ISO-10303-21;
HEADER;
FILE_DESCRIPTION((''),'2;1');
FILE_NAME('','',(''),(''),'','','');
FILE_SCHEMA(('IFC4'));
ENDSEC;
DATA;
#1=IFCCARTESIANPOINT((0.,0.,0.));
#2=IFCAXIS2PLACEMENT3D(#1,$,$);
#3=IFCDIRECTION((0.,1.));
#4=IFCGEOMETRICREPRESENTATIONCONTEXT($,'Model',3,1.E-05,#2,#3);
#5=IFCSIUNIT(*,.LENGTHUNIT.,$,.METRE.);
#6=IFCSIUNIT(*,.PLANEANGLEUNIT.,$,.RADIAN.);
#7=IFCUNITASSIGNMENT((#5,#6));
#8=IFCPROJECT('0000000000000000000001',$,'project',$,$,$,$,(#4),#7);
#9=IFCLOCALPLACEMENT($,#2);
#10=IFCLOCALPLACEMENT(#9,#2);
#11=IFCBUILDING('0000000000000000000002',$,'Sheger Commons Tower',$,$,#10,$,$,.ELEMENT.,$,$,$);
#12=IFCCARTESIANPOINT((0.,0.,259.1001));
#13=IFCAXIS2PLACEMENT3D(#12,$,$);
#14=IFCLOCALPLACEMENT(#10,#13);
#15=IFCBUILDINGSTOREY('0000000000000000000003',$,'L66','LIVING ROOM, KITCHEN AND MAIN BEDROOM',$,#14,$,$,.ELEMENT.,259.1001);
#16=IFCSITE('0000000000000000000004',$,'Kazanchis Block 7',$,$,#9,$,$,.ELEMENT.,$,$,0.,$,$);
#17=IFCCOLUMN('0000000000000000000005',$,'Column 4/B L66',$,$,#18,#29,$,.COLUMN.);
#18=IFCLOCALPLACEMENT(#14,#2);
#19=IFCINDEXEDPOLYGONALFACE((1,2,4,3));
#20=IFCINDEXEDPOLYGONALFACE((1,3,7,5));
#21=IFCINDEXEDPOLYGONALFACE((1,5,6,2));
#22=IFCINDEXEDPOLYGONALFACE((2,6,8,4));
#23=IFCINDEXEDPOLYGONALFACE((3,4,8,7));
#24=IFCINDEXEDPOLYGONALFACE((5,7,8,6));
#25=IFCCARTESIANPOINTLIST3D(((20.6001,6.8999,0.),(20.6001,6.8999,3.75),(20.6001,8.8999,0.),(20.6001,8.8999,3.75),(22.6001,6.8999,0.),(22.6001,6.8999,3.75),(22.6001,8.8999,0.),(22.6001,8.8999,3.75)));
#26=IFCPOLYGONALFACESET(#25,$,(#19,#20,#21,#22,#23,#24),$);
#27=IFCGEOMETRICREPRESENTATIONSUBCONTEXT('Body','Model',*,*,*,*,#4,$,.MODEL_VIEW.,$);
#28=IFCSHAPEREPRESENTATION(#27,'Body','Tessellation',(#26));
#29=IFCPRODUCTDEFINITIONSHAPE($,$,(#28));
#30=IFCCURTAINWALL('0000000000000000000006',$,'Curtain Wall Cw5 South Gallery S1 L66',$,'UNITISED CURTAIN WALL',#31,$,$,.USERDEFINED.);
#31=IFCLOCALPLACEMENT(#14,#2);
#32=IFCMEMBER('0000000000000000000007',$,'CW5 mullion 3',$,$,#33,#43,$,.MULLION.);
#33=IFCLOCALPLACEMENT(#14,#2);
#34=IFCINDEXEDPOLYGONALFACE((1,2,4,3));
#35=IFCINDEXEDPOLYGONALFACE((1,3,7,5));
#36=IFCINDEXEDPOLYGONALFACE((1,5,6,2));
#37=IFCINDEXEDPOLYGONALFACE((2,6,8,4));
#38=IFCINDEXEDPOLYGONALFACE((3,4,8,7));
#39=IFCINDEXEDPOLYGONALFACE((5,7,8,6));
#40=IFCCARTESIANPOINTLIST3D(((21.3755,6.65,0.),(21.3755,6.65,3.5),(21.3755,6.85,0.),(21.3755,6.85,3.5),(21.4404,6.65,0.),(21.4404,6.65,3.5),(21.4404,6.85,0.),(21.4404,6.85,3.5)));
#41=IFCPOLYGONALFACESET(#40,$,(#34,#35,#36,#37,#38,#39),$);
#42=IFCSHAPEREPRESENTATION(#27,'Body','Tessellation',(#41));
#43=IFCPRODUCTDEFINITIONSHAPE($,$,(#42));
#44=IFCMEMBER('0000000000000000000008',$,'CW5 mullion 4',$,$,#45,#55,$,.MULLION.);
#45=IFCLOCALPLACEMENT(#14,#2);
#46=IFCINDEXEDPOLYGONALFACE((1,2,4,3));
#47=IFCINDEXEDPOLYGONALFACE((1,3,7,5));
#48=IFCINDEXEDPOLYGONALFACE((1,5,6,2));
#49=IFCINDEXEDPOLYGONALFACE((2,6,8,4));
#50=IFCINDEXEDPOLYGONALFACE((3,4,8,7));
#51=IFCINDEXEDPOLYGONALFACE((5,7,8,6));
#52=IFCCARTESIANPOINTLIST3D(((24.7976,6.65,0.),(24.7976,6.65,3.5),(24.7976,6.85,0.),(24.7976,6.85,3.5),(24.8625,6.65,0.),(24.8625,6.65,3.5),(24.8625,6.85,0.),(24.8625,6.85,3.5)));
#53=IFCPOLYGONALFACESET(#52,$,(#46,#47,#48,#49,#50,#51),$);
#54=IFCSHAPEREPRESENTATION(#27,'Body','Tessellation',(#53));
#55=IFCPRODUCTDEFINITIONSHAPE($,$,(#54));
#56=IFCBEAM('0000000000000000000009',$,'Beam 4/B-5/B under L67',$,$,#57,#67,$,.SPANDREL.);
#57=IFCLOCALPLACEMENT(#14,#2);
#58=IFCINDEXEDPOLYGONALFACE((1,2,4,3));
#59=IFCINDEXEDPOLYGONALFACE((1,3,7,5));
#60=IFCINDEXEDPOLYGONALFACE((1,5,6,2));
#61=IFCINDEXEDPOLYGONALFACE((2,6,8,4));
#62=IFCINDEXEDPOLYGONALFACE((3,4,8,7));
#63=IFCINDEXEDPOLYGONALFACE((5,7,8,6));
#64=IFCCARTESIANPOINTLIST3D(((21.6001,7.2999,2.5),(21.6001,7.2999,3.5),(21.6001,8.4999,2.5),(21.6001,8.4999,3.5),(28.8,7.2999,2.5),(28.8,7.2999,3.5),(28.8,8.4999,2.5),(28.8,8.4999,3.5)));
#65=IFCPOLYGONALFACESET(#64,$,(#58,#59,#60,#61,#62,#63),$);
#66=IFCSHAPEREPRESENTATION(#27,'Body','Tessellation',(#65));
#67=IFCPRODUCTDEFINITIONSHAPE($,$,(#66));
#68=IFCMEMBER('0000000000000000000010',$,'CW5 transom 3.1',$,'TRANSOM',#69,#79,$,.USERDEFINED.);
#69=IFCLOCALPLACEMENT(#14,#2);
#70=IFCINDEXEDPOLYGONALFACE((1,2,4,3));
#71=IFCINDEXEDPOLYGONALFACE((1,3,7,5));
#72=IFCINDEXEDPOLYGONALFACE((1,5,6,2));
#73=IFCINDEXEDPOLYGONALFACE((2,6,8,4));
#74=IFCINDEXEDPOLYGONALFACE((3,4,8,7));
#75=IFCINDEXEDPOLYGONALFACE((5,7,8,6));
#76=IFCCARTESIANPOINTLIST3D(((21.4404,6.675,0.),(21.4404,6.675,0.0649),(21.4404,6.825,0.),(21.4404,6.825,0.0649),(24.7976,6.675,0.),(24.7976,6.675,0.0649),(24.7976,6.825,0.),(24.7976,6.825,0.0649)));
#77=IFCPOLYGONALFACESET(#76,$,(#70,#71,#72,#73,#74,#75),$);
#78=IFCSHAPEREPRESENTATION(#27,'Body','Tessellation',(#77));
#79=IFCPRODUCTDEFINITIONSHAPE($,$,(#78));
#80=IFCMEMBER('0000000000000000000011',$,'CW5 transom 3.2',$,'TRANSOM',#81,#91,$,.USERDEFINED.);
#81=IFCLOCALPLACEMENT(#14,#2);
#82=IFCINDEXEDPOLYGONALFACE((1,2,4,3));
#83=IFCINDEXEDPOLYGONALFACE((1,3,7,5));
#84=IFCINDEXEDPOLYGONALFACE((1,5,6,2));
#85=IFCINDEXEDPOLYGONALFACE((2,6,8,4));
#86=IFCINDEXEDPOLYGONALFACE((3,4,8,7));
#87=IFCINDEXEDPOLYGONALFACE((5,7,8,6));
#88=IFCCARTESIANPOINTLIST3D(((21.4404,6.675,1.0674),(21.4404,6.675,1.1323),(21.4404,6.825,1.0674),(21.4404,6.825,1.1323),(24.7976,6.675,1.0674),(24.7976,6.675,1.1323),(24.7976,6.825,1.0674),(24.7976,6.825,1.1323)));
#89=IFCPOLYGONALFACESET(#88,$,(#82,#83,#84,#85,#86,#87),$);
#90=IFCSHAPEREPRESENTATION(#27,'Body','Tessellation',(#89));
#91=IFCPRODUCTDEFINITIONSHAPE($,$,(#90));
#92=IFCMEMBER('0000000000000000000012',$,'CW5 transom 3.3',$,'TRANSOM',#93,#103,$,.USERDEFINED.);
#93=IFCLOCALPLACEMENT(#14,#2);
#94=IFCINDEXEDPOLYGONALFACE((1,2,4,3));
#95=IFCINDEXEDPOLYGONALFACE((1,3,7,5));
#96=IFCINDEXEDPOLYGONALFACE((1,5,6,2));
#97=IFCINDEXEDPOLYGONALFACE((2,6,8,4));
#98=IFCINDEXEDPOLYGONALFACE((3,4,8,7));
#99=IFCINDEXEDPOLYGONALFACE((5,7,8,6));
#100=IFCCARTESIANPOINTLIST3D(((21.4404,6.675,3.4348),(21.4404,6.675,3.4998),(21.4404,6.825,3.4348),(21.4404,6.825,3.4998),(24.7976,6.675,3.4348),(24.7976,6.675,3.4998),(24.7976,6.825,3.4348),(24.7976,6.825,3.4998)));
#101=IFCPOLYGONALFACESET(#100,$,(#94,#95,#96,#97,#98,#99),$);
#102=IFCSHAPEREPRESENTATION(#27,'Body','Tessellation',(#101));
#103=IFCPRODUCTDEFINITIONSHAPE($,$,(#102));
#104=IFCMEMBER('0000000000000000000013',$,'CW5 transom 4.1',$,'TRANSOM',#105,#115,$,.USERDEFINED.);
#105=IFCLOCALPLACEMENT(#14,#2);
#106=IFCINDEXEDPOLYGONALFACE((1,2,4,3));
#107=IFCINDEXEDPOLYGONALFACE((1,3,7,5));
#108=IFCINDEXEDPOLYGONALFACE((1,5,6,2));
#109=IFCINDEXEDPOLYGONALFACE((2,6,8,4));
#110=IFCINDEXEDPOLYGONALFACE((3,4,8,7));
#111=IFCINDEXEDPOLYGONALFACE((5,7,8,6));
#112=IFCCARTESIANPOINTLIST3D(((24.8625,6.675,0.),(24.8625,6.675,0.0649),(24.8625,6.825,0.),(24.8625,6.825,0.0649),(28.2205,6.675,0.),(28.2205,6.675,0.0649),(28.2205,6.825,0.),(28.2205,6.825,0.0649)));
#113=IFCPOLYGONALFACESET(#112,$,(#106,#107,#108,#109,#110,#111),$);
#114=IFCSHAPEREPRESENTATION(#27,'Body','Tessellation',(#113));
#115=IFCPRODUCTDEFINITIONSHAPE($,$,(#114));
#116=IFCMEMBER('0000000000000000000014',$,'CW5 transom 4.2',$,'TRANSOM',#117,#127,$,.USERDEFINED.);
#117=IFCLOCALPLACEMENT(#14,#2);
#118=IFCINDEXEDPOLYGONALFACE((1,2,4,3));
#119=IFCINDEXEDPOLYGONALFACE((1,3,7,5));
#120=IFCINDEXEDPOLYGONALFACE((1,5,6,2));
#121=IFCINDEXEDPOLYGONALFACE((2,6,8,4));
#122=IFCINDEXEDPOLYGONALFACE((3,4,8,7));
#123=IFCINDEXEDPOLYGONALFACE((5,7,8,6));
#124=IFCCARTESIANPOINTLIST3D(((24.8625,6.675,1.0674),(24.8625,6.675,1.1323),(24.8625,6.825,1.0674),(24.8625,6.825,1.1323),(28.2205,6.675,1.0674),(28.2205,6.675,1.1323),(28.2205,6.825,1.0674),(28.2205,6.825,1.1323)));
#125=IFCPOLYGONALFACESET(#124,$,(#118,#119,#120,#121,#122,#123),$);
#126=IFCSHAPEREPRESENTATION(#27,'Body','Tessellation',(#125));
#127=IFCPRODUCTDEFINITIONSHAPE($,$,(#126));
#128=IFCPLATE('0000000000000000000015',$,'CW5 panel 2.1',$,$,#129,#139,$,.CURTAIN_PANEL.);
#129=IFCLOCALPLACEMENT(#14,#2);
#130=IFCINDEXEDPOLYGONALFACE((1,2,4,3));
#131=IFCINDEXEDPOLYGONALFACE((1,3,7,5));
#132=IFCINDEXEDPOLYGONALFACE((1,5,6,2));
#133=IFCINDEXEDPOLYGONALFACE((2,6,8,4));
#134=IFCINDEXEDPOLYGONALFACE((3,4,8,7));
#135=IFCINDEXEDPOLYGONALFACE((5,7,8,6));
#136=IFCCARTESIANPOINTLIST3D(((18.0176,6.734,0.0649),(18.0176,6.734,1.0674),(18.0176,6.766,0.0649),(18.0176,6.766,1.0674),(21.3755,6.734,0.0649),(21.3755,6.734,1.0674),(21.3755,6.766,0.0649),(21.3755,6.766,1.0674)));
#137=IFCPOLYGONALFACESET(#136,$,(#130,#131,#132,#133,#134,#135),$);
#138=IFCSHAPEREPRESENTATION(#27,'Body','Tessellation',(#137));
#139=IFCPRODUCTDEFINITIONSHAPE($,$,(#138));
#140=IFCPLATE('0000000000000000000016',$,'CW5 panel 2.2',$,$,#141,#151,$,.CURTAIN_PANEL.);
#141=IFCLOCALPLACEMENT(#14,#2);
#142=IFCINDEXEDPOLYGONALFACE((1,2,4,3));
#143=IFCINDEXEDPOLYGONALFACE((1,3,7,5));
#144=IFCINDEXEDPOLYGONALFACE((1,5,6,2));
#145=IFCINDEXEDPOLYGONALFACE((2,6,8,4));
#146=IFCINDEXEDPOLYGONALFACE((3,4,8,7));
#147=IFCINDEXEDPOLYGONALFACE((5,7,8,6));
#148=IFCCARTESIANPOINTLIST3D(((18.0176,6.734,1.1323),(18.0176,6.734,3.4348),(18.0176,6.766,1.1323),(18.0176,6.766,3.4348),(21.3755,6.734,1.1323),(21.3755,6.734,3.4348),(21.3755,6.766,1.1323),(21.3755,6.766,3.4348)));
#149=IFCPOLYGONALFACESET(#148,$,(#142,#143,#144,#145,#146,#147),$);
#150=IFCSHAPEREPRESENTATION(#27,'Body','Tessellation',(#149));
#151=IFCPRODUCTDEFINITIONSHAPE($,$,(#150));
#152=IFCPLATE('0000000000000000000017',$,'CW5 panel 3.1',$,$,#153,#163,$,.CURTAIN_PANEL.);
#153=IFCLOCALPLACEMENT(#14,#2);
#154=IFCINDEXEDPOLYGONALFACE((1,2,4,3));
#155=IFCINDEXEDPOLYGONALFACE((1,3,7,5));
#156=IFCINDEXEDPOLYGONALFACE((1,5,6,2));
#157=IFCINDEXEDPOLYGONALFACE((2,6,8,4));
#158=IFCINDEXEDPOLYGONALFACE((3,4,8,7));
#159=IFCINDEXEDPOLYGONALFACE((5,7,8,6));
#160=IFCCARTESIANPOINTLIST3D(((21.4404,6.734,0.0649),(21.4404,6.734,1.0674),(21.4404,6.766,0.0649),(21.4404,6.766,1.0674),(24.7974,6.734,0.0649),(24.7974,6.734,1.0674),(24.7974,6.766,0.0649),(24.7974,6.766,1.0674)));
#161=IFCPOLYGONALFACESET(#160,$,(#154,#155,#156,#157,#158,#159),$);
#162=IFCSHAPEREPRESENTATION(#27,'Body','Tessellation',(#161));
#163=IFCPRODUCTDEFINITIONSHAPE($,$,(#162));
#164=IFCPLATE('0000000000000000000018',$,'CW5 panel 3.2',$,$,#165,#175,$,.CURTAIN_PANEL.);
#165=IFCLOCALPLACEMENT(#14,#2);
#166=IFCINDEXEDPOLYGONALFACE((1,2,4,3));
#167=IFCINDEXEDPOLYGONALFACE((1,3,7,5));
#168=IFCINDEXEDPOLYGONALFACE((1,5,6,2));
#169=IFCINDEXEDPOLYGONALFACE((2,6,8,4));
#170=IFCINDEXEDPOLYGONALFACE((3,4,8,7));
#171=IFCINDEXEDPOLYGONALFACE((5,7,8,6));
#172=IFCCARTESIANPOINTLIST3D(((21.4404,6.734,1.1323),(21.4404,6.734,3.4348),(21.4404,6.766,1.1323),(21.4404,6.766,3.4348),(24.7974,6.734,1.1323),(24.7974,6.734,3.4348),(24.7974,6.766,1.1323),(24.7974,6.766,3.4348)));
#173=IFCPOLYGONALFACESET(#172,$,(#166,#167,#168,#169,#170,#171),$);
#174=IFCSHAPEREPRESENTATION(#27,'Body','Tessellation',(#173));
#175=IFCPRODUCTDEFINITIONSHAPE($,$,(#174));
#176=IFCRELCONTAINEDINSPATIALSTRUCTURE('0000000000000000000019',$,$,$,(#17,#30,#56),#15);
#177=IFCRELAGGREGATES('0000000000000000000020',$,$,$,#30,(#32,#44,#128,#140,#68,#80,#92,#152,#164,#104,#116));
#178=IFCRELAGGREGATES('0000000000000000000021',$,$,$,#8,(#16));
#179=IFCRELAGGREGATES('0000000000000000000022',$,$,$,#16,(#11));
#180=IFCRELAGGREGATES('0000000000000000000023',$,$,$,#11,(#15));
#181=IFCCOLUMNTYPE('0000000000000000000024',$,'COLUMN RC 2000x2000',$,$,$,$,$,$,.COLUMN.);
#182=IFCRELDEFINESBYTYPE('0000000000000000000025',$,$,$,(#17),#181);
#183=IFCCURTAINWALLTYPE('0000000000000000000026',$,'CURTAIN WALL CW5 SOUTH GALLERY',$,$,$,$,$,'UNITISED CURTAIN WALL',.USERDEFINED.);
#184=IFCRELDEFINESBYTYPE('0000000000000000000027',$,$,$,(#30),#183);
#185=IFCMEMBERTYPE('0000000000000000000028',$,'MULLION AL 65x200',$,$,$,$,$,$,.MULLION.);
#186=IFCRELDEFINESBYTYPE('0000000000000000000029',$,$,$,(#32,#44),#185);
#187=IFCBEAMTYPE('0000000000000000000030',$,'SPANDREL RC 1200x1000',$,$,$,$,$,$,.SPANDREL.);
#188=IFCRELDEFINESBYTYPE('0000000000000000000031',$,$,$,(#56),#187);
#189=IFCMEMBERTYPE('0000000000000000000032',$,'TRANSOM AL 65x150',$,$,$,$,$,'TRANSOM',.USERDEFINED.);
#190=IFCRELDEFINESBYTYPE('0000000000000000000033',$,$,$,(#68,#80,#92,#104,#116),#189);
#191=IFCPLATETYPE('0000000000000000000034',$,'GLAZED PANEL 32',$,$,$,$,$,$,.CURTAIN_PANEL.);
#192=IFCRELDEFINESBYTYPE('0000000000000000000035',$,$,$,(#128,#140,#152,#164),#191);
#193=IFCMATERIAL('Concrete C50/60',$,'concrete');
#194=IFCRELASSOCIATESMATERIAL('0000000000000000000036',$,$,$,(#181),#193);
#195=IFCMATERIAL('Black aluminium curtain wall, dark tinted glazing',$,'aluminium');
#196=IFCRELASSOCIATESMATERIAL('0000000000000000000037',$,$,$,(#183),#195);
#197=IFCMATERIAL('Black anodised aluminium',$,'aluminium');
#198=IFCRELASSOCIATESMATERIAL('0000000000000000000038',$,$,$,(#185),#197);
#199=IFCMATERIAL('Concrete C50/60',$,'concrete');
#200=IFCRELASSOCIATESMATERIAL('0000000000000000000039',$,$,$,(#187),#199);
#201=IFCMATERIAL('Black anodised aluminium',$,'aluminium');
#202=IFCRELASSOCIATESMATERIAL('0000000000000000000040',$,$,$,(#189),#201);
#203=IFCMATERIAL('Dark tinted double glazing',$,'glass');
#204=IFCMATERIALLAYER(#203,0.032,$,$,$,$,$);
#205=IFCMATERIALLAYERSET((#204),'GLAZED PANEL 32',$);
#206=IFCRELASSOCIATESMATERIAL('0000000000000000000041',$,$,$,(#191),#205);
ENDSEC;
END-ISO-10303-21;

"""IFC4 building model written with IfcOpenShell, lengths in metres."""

from ifc_helpers import new_model, si_unit, direction, frame, origin, origin_2d, place, context, subcontext, project, spatial, rectangle, extrude, material, layer, layer_set, material_profile, profile_set, type_object, element, aggregate, save


model = new_model("IFC4")

# Units and contexts
model_context = context("Model", 3, precision=1e-05, world=origin(), true_north=direction((0.0, 1.0)))
body_context = subcontext(model_context, "Body", "Model", "MODEL_VIEW")
ifc_project = project(units=[si_unit("LENGTHUNIT", "METRE"), si_unit("PLANEANGLEUNIT", "RADIAN")], contexts=[model_context])

# Site, building, storey
site_placement = place(None, origin())
site = spatial("IfcSite", under=ifc_project, at=site_placement, Name="Kazanchis Block 7", CompositionType="ELEMENT", RefElevation=0.0)
building_placement = place(site_placement, origin())
building = spatial("IfcBuilding", under=site, at=building_placement, Name="Sheger Commons Tower", CompositionType="ELEMENT")
storey_placement = place(building_placement, frame((0.0, 0.0, 259.1001)))
storey = spatial("IfcBuildingStorey", under=building, at=storey_placement, Name="L66", Description="LIVING ROOM, KITCHEN AND MAIN BEDROOM", CompositionType="ELEMENT", Elevation=259.1001)

# Column
ifc_material_1 = material(Name="Concrete C50/60", Category="concrete")
ifc_material_profile_1 = material_profile(ifc_material_1, rectangle(XDim=2.0, YDim=2.0, at=origin_2d()), Name="RC 2000x2000")
ifc_profile_set_1 = profile_set([ifc_material_profile_1], Name="Concrete C50/60")
column_type = type_object("IfcColumnType", Name="COLUMN RC 2000x2000", PredefinedType="COLUMN", material=ifc_profile_set_1)
column_placement = place(storey_placement, frame((21.6001, 7.8999, 0.0), z_axis=(0.0, 0.0, 1.0), x_axis=(1.0, 0.0, 0.0)))
element("IfcColumn", 1, at=column_placement, inside=storey, type_object=column_type, Name="Column 4/B L66", PredefinedType="COLUMN", context=body_context, shape_type="SweptSolid", body=[
    extrude(rectangle(XDim=2.0, YDim=2.0, at=origin_2d()), origin(), (0.0, 0.0, 1.0), 3.75),
])

# Curtain wall, members
ifc_material_2 = material(Name="Black aluminium curtain wall, dark tinted glazing", Category="aluminium")
curtain_wall_type = type_object("IfcCurtainWallType", Name="CURTAIN WALL CW5 SOUTH GALLERY", ElementType="UNITISED CURTAIN WALL", PredefinedType="USERDEFINED", material=ifc_material_2)
curtain_wall_placement = place(storey_placement, origin())
curtain_wall = element("IfcCurtainWall", 2, at=curtain_wall_placement, inside=storey, type_object=curtain_wall_type, Name="Curtain Wall Cw5 South Gallery S1 L66", ObjectType="UNITISED CURTAIN WALL", PredefinedType="USERDEFINED")
ifc_material_3 = material(Name="Black anodised aluminium", Category="aluminium")
ifc_material_profile_2 = material_profile(ifc_material_3, rectangle(XDim=0.2, YDim=0.0649, at=origin_2d()), Name="AL 65x200")
ifc_profile_set_2 = profile_set([ifc_material_profile_2], Name="Black anodised aluminium")
member_type_1 = type_object("IfcMemberType", Name="MULLION AL 65x200", PredefinedType="MULLION", material=ifc_profile_set_2)
member_1_placement = place(storey_placement, frame((21.408, 6.75, 0.0), z_axis=(0.0, 0.0, 1.0), x_axis=(0.0, 1.0, 0.0)))
member_1 = element("IfcMember", 3, at=member_1_placement, type_object=member_type_1, Name="CW5 mullion 3", PredefinedType="MULLION", context=body_context, shape_type="SweptSolid", body=[
    extrude(rectangle(XDim=0.2, YDim=0.0649, at=origin_2d()), origin(), (0.0, 0.0, 1.0), 3.5),
])
member_2_placement = place(storey_placement, frame((24.8301, 6.75, 0.0), z_axis=(0.0, 0.0, 1.0), x_axis=(0.0, 1.0, 0.0)))
member_2 = element("IfcMember", 4, at=member_2_placement, type_object=member_type_1, Name="CW5 mullion 4", PredefinedType="MULLION", context=body_context, shape_type="SweptSolid", body=[
    extrude(rectangle(XDim=0.2, YDim=0.0649, at=origin_2d()), origin(), (0.0, 0.0, 1.0), 3.5),
])

# Beam
ifc_material_4 = material(Name="Concrete C50/60", Category="concrete")
ifc_material_profile_3 = material_profile(ifc_material_4, rectangle(XDim=1.2, YDim=1.0, at=origin_2d()), Name="RC 1200x1000")
ifc_profile_set_3 = profile_set([ifc_material_profile_3], Name="Concrete C50/60")
beam_type = type_object("IfcBeamType", Name="SPANDREL RC 1200x1000", PredefinedType="SPANDREL", material=ifc_profile_set_3)
beam_placement = place(storey_placement, frame((21.6001, 7.8999, 3.0), z_axis=(1.0, 0.0, 0.0), x_axis=(0.0, 1.0, 0.0)))
element("IfcBeam", 5, at=beam_placement, inside=storey, type_object=beam_type, Name="Beam 4/B-5/B under L67", PredefinedType="SPANDREL", context=body_context, shape_type="SweptSolid", body=[
    extrude(rectangle(XDim=1.2, YDim=1.0, at=origin_2d()), origin(), (0.0, 0.0, 1.0), 7.2),
])

# Members
ifc_material_5 = material(Name="Black anodised aluminium", Category="aluminium")
ifc_material_profile_4 = material_profile(ifc_material_5, rectangle(XDim=0.1499, YDim=0.0649, at=origin_2d()), Name="AL 65x150")
ifc_profile_set_4 = profile_set([ifc_material_profile_4], Name="Black anodised aluminium")
member_type_2 = type_object("IfcMemberType", Name="TRANSOM AL 65x150", ElementType="TRANSOM", PredefinedType="USERDEFINED", material=ifc_profile_set_4)
member_3_placement = place(storey_placement, frame((21.4404, 6.75, 0.0325), z_axis=(1.0, 0.0, 0.0), x_axis=(0.0, 1.0, 0.0)))
member_3 = element("IfcMember", 6, at=member_3_placement, type_object=member_type_2, Name="CW5 transom 3.1", ObjectType="TRANSOM", PredefinedType="USERDEFINED", context=body_context, shape_type="SweptSolid", body=[
    extrude(rectangle(XDim=0.1499, YDim=0.0649, at=origin_2d()), origin(), (0.0, 0.0, 1.0), 3.3572),
])
member_4_placement = place(storey_placement, frame((21.4404, 6.75, 1.0999), z_axis=(1.0, 0.0, 0.0), x_axis=(0.0, 1.0, 0.0)))
member_4 = element("IfcMember", 7, at=member_4_placement, type_object=member_type_2, Name="CW5 transom 3.2", ObjectType="TRANSOM", PredefinedType="USERDEFINED", context=body_context, shape_type="SweptSolid", body=[
    extrude(rectangle(XDim=0.1499, YDim=0.0649, at=origin_2d()), origin(), (0.0, 0.0, 1.0), 3.3572),
])
member_5_placement = place(storey_placement, frame((21.4404, 6.75, 3.4673), z_axis=(1.0, 0.0, 0.0), x_axis=(0.0, 1.0, 0.0)))
member_5 = element("IfcMember", 8, at=member_5_placement, type_object=member_type_2, Name="CW5 transom 3.3", ObjectType="TRANSOM", PredefinedType="USERDEFINED", context=body_context, shape_type="SweptSolid", body=[
    extrude(rectangle(XDim=0.1499, YDim=0.0649, at=origin_2d()), origin(), (0.0, 0.0, 1.0), 3.3572),
])
member_6_placement = place(storey_placement, frame((24.8625, 6.75, 0.0325), z_axis=(1.0, 0.0, 0.0), x_axis=(0.0, 1.0, 0.0)))
member_6 = element("IfcMember", 9, at=member_6_placement, type_object=member_type_2, Name="CW5 transom 4.1", ObjectType="TRANSOM", PredefinedType="USERDEFINED", context=body_context, shape_type="SweptSolid", body=[
    extrude(rectangle(XDim=0.1499, YDim=0.0649, at=origin_2d()), origin(), (0.0, 0.0, 1.0), 3.3579),
])
member_7_placement = place(storey_placement, frame((24.8625, 6.75, 1.0999), z_axis=(1.0, 0.0, 0.0), x_axis=(0.0, 1.0, 0.0)))
member_7 = element("IfcMember", 10, at=member_7_placement, type_object=member_type_2, Name="CW5 transom 4.2", ObjectType="TRANSOM", PredefinedType="USERDEFINED", context=body_context, shape_type="SweptSolid", body=[
    extrude(rectangle(XDim=0.1499, YDim=0.0649, at=origin_2d()), origin(), (0.0, 0.0, 1.0), 3.3579),
])

# Plates
ifc_material_6 = material(Name="Dark tinted double glazing", Category="glass")
ifc_layer_1 = layer(ifc_material_6, 0.032)
ifc_layer_set_1 = layer_set([ifc_layer_1], Name="GLAZED PANEL 32")
plate_type = type_object("IfcPlateType", Name="GLAZED PANEL 32", PredefinedType="CURTAIN_PANEL", material=ifc_layer_set_1)
plate_1_placement = place(storey_placement, frame((19.6965, 6.75, 0.0649), z_axis=(0.0, 0.0, 1.0), x_axis=(1.0, 0.0, 0.0)))
plate_1 = element("IfcPlate", 11, at=plate_1_placement, type_object=plate_type, Name="CW5 panel 2.1", PredefinedType="CURTAIN_PANEL", context=body_context, shape_type="SweptSolid", body=[
    extrude(rectangle(XDim=3.3579, YDim=0.032, at=origin_2d()), origin(), (0.0, 0.0, 1.0), 1.0024),
])
plate_2_placement = place(storey_placement, frame((19.6965, 6.75, 1.1323), z_axis=(0.0, 0.0, 1.0), x_axis=(1.0, 0.0, 0.0)))
plate_2 = element("IfcPlate", 12, at=plate_2_placement, type_object=plate_type, Name="CW5 panel 2.2", PredefinedType="CURTAIN_PANEL", context=body_context, shape_type="SweptSolid", body=[
    extrude(rectangle(XDim=3.3579, YDim=0.032, at=origin_2d()), origin(), (0.0, 0.0, 1.0), 2.3025),
])
plate_3_placement = place(storey_placement, frame((23.1189, 6.75, 0.0649), z_axis=(0.0, 0.0, 1.0), x_axis=(1.0, 0.0, 0.0)))
plate_3 = element("IfcPlate", 13, at=plate_3_placement, type_object=plate_type, Name="CW5 panel 3.1", PredefinedType="CURTAIN_PANEL", context=body_context, shape_type="SweptSolid", body=[
    extrude(rectangle(XDim=3.3569, YDim=0.032, at=origin_2d()), origin(), (0.0, 0.0, 1.0), 1.0024),
])
plate_4_placement = place(storey_placement, frame((23.1189, 6.75, 1.1323), z_axis=(0.0, 0.0, 1.0), x_axis=(1.0, 0.0, 0.0)))
plate_4 = element("IfcPlate", 14, at=plate_4_placement, type_object=plate_type, Name="CW5 panel 3.2", PredefinedType="CURTAIN_PANEL", context=body_context, shape_type="SweptSolid", body=[
    extrude(rectangle(XDim=3.3569, YDim=0.032, at=origin_2d()), origin(), (0.0, 0.0, 1.0), 2.3025),
])
aggregate(curtain_wall, [member_1, member_2, plate_1, plate_2, member_3, member_4, member_5, plate_3, plate_4, member_6, member_7])

save(model, "model.ifc")
